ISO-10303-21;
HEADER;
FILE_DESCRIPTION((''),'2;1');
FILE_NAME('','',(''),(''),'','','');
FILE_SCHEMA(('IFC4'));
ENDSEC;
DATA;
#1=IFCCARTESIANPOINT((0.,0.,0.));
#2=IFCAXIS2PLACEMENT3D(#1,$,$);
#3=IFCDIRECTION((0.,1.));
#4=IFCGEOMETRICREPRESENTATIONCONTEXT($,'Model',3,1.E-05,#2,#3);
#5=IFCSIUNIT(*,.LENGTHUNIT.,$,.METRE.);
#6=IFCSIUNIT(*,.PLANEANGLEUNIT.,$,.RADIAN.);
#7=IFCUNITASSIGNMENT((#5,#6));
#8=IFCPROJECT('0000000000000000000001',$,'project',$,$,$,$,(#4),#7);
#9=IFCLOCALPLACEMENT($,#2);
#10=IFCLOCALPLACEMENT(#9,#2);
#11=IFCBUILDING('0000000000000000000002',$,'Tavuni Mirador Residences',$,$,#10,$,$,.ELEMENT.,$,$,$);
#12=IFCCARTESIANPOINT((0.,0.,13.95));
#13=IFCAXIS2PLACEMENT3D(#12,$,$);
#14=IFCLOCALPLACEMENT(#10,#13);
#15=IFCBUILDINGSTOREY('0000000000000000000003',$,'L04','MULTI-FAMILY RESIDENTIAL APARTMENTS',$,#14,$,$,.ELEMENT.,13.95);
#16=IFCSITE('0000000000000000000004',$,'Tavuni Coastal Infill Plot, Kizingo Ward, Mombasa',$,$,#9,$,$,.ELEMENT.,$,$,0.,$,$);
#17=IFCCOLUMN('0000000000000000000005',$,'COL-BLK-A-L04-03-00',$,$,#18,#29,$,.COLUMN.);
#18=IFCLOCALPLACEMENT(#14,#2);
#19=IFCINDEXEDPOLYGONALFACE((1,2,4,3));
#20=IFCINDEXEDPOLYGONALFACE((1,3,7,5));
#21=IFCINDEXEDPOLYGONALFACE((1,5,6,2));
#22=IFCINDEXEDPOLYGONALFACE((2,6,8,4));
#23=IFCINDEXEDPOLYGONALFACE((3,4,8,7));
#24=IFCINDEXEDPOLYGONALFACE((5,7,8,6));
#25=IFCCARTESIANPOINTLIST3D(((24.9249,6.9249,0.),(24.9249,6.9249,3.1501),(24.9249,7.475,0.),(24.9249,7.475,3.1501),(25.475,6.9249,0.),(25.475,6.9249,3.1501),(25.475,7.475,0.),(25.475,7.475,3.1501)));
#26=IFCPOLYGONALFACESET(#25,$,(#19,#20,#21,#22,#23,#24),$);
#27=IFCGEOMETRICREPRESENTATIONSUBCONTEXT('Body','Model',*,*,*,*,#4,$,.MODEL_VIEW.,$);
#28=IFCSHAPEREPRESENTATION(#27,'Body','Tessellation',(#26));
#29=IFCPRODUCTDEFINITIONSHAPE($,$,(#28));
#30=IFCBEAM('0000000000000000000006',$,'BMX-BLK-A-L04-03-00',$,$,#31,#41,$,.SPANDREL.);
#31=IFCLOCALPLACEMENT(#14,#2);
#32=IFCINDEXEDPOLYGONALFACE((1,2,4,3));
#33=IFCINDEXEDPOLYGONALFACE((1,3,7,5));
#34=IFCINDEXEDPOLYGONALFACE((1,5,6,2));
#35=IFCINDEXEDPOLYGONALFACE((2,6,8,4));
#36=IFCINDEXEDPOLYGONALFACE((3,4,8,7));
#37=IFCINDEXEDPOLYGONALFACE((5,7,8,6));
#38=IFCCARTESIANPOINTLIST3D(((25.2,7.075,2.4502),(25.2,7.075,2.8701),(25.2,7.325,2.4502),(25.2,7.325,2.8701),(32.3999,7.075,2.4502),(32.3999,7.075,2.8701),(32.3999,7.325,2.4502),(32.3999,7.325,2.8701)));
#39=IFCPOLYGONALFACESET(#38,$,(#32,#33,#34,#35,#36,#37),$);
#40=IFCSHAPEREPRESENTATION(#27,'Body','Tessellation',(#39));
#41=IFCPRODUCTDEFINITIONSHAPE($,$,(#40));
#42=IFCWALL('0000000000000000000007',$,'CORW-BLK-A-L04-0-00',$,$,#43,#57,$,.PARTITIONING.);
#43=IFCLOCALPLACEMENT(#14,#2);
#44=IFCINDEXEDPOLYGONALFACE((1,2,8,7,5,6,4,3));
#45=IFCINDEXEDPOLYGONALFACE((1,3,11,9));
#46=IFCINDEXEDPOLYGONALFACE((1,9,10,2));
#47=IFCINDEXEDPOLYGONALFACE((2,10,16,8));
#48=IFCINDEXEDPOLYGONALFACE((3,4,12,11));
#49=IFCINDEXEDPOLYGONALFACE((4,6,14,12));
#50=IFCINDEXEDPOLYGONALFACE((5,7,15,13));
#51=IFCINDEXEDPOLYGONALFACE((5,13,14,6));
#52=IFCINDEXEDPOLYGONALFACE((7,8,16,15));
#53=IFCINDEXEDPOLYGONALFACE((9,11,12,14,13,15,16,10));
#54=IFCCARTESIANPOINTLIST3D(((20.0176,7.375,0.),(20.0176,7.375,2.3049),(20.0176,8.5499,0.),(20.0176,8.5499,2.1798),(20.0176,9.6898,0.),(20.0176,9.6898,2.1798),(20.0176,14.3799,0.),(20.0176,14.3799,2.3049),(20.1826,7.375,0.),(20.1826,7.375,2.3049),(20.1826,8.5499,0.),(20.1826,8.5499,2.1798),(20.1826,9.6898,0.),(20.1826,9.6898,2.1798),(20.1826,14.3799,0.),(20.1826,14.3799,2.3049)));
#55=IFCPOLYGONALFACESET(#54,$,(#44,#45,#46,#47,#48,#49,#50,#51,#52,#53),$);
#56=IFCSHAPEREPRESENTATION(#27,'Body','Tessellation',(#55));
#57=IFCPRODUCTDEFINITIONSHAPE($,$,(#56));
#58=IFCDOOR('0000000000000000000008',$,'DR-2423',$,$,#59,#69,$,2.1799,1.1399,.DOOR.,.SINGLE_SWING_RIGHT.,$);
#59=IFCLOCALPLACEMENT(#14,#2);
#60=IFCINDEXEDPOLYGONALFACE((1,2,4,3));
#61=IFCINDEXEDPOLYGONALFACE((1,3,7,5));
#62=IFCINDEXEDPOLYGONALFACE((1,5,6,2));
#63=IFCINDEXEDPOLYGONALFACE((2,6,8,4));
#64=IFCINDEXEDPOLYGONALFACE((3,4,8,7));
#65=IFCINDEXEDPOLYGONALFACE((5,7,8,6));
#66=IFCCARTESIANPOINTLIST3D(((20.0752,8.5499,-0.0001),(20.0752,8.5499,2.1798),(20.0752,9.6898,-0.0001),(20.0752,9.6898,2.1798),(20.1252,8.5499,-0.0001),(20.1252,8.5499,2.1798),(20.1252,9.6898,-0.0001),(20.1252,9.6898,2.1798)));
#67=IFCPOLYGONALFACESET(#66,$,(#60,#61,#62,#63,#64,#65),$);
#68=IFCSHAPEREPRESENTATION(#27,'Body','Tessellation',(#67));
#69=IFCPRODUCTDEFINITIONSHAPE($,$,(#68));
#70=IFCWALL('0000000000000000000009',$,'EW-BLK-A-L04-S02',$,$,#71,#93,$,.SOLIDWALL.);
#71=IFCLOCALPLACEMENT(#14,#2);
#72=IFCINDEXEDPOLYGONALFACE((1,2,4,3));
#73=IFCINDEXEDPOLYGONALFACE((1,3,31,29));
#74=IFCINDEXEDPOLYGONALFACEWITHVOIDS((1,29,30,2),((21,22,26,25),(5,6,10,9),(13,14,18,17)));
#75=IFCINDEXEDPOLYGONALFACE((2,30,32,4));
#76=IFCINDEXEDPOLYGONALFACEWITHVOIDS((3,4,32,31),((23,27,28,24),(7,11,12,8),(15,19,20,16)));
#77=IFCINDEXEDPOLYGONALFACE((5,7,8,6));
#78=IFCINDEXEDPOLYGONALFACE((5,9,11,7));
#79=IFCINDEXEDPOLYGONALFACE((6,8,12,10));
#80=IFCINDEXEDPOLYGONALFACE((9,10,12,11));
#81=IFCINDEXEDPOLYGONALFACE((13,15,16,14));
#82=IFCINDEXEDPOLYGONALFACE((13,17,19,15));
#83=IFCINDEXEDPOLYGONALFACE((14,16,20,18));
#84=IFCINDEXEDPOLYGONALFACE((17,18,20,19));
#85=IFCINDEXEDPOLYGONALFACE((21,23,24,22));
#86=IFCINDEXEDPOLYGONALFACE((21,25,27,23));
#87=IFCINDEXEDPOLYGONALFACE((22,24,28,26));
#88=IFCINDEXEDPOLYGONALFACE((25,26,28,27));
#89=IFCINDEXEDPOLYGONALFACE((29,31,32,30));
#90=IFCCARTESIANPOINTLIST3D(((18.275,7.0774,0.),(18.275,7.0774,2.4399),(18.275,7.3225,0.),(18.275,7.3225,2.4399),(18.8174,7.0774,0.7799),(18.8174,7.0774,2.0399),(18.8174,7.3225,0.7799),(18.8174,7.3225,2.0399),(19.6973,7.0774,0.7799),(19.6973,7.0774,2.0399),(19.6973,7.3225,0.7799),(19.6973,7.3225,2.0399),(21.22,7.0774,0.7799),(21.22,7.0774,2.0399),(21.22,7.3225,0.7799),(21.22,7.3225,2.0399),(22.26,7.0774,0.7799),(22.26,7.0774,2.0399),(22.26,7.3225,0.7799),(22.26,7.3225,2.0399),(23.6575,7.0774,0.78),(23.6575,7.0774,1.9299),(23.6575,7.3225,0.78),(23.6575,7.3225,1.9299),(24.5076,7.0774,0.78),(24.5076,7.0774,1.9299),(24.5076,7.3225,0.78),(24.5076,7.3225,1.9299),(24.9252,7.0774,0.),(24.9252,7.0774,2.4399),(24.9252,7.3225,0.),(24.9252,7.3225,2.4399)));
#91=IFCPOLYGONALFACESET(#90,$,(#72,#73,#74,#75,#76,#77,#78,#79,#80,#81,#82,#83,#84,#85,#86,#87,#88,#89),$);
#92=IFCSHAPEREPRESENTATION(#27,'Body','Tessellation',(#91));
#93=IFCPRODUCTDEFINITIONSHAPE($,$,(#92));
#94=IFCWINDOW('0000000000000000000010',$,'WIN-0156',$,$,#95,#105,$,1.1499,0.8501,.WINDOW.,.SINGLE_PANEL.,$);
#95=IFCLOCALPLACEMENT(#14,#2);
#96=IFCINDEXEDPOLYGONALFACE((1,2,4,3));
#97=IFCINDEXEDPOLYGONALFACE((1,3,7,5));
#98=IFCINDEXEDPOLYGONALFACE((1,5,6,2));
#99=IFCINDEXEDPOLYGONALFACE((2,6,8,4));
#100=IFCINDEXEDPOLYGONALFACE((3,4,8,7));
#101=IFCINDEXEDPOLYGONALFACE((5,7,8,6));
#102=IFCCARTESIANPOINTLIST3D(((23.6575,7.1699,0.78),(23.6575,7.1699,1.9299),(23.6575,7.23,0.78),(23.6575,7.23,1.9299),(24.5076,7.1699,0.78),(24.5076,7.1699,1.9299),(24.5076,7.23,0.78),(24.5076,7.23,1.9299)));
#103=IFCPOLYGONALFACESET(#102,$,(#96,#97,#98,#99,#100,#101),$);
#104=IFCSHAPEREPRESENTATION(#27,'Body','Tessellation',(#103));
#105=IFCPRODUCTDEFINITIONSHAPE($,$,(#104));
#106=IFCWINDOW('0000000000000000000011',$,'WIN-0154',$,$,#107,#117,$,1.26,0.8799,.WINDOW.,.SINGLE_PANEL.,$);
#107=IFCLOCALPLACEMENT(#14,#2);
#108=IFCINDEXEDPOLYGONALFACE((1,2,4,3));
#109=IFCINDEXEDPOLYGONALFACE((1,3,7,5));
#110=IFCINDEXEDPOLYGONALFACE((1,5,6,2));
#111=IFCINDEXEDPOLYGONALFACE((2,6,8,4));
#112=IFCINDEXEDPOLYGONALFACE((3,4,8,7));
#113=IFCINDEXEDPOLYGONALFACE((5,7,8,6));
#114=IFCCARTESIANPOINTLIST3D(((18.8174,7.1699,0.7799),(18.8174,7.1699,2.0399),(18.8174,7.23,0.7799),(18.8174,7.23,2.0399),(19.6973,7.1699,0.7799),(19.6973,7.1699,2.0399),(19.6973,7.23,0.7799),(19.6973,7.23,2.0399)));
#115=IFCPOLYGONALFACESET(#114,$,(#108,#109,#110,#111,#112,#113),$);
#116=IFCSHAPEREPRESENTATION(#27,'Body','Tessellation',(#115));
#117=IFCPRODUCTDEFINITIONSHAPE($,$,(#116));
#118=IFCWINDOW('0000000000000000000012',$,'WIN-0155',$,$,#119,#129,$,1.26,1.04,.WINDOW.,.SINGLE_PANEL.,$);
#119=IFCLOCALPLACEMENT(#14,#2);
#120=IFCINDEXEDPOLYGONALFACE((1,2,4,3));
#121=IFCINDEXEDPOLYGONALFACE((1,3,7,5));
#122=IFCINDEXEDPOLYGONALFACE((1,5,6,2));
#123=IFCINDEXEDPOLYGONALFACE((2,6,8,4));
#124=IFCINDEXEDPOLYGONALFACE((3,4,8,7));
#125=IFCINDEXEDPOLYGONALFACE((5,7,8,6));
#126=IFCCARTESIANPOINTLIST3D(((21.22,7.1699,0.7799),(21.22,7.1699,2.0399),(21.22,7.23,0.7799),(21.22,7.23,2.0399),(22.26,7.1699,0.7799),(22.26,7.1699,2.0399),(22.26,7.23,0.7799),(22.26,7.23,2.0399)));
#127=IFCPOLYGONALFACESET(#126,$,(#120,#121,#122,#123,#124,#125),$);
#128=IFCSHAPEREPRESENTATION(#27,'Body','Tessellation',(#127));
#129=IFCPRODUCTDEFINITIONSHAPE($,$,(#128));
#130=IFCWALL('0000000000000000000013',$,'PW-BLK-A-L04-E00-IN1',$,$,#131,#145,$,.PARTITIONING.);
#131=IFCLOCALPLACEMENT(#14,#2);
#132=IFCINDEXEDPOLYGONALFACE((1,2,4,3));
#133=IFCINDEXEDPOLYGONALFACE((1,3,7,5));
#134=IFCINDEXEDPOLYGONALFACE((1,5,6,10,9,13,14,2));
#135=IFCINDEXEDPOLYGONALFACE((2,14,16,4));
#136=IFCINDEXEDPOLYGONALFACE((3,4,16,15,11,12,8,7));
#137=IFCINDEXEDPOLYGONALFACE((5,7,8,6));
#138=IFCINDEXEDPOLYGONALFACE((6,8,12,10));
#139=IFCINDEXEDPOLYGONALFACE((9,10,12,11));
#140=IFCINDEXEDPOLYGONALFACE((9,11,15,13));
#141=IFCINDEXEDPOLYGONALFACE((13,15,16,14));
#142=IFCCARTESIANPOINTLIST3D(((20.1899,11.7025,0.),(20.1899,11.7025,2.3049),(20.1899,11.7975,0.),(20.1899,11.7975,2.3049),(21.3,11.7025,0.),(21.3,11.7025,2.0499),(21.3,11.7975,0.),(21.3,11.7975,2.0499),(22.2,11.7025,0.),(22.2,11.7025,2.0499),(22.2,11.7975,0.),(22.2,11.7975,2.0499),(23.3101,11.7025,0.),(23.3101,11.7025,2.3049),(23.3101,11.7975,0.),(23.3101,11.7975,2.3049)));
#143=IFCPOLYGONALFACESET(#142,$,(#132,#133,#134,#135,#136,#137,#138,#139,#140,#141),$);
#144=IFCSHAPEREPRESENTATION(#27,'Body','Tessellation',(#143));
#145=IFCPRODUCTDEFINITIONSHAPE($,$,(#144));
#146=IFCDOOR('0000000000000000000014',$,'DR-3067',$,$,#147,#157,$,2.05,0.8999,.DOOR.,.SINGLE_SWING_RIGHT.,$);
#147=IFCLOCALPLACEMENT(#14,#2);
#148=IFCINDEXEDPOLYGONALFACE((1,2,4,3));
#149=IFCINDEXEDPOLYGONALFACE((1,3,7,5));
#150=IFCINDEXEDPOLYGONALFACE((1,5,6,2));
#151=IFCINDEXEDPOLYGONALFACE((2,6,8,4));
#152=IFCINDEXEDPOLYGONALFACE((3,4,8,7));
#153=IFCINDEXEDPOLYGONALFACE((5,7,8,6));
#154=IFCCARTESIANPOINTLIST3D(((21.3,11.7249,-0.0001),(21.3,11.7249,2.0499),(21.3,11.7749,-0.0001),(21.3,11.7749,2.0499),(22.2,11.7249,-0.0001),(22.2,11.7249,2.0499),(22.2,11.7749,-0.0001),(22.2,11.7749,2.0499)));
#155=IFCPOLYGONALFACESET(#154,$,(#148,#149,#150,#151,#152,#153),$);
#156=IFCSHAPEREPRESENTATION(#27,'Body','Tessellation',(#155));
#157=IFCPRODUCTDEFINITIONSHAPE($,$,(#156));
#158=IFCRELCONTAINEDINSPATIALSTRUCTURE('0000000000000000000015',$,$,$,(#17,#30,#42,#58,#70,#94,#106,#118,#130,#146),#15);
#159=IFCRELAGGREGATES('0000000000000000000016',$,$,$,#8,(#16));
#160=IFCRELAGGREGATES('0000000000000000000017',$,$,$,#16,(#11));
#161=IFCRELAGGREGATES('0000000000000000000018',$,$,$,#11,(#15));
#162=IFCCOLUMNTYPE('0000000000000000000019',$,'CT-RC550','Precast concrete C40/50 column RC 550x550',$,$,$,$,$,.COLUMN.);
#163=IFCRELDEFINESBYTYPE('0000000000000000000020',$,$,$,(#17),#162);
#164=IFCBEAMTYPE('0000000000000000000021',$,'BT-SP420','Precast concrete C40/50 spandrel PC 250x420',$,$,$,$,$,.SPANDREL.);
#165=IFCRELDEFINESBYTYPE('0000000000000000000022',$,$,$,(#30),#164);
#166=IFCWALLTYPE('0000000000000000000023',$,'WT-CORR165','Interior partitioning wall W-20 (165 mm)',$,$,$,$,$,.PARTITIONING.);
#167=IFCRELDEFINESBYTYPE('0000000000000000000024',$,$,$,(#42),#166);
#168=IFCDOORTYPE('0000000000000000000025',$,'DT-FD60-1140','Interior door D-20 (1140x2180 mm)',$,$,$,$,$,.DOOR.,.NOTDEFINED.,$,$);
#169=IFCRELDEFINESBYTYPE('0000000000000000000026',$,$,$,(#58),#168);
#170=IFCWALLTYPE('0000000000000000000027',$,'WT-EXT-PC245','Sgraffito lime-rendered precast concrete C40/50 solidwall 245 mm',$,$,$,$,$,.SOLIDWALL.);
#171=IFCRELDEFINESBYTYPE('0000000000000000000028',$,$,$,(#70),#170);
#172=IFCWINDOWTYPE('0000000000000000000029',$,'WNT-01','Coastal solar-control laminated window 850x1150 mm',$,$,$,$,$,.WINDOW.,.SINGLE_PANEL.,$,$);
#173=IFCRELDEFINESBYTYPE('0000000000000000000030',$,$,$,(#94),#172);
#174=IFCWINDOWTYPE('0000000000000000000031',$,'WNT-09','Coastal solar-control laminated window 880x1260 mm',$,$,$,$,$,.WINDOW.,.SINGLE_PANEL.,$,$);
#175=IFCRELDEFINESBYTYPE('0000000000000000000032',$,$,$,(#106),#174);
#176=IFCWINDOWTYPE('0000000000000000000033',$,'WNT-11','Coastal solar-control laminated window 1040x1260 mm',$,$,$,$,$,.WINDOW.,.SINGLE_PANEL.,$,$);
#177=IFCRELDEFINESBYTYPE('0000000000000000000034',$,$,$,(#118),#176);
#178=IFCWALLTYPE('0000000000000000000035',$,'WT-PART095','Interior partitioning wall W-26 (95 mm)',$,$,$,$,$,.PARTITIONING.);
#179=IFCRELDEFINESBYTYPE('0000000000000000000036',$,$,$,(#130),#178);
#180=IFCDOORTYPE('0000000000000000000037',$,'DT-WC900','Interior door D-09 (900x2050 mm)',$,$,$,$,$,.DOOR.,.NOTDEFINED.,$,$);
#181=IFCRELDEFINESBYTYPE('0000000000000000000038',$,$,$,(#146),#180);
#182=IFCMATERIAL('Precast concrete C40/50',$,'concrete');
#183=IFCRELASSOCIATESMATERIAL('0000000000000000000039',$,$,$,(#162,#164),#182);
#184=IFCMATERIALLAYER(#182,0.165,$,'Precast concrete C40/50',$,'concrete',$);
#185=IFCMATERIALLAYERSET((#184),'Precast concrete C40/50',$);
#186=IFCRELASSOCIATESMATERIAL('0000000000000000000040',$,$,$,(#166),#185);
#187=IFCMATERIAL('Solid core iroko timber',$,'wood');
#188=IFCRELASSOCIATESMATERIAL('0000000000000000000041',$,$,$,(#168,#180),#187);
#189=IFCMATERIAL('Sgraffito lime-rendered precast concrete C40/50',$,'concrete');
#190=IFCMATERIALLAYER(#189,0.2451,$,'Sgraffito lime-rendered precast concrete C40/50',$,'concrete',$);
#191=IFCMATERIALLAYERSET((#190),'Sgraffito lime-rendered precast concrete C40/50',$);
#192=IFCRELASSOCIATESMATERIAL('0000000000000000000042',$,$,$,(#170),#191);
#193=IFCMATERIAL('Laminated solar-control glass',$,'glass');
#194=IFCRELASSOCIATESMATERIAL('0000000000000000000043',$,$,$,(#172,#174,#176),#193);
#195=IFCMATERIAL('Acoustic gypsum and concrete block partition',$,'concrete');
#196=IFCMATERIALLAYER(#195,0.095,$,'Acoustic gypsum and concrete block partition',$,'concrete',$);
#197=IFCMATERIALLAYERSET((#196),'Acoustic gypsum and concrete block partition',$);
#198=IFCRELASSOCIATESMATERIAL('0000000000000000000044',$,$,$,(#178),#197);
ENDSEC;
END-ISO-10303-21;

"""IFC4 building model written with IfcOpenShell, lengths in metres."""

from ifc_helpers import new_model, si_unit, direction, frame, frame_2d, origin, origin_2d, place, context, subcontext, project, spatial, rectangle, extrude, material, layer, layer_set, material_profile, profile_set, type_object, element, fill, save


model = new_model("IFC4")

# Units and contexts
model_context = context("Model", 3, precision=1e-05, world=origin(), true_north=direction((0.0, 1.0)))
body_context = subcontext(model_context, "Body", "Model", "MODEL_VIEW")
ifc_project = project(units=[si_unit("LENGTHUNIT", "METRE"), si_unit("PLANEANGLEUNIT", "RADIAN")], contexts=[model_context])

# Site, building, storey
site_placement = place(None, origin())
site = spatial("IfcSite", under=ifc_project, at=site_placement, Name="Tavuni Coastal Infill Plot, Kizingo Ward, Mombasa", CompositionType="ELEMENT", RefElevation=0.0)
building_placement = place(site_placement, origin())
building = spatial("IfcBuilding", under=site, at=building_placement, Name="Tavuni Mirador Residences", CompositionType="ELEMENT")
storey_placement = place(building_placement, frame((0.0, 0.0, 13.95)))
storey = spatial("IfcBuildingStorey", under=building, at=storey_placement, Name="L04", Description="MULTI-FAMILY RESIDENTIAL APARTMENTS", CompositionType="ELEMENT", Elevation=13.95)

# Column
ifc_material_1 = material(Name="Precast concrete C40/50", Category="concrete")
ifc_material_profile_1 = material_profile(ifc_material_1, rectangle(XDim=0.55, YDim=0.55, at=origin_2d()), Name="RC 550x550", Category="concrete")
ifc_profile_set_1 = profile_set([ifc_material_profile_1], Name="Precast concrete C40/50")
column_type = type_object("IfcColumnType", Name="CT-RC550", Description="Precast concrete C40/50 column RC 550x550", PredefinedType="COLUMN", material=ifc_profile_set_1)
column_placement = place(storey_placement, frame((25.2, 7.2, 0.0), z_axis=(0.0, 0.0, 1.0), x_axis=(1.0, 0.0, 0.0)))
element("IfcColumn", 1, at=column_placement, inside=storey, type_object=column_type, Name="COL-BLK-A-L04-03-00", PredefinedType="COLUMN", context=body_context, shape_type="SweptSolid", body=[
    extrude(rectangle(XDim=0.55, YDim=0.55, at=origin_2d()), origin(), (0.0, 0.0, 1.0), 3.1501),
])

# Beam
ifc_material_profile_2 = material_profile(ifc_material_1, rectangle(XDim=0.25, YDim=0.4199, at=origin_2d()), Name="PC 250x420", Category="concrete")
ifc_profile_set_2 = profile_set([ifc_material_profile_2], Name="Precast concrete C40/50")
beam_type = type_object("IfcBeamType", Name="BT-SP420", Description="Precast concrete C40/50 spandrel PC 250x420", PredefinedType="SPANDREL", material=ifc_profile_set_2)
beam_placement = place(storey_placement, frame((25.2, 7.2, 2.6602), z_axis=(1.0, 0.0, 0.0), x_axis=(0.0, 1.0, 0.0)))
element("IfcBeam", 2, at=beam_placement, inside=storey, type_object=beam_type, Name="BMX-BLK-A-L04-03-00", PredefinedType="SPANDREL", context=body_context, shape_type="SweptSolid", body=[
    extrude(rectangle(XDim=0.25, YDim=0.4199, at=origin_2d()), origin(), (0.0, 0.0, 1.0), 7.2),
])

# Wall, opening, door
ifc_layer_1 = layer(ifc_material_1, 0.165, Name="Precast concrete C40/50", Category="concrete")
ifc_layer_set_1 = layer_set([ifc_layer_1], Name="Precast concrete C40/50")
wall_type_1 = type_object("IfcWallType", Name="WT-CORR165", Description="Interior partitioning wall W-20 (165 mm)", PredefinedType="PARTITIONING", material=ifc_layer_set_1)
wall_1_placement = place(storey_placement, frame((20.1001, 7.375, 0.0), z_axis=(0.0, 0.0, 1.0), x_axis=(0.0, 1.0, 0.0)))
wall_1 = element("IfcWall", 3, at=wall_1_placement, inside=storey, type_object=wall_type_1, Name="CORW-BLK-A-L04-0-00", PredefinedType="PARTITIONING", context=body_context, shape_type="SweptSolid", body=[
    extrude(rectangle(XDim=7.0049, YDim=0.165, at=frame_2d((3.5024, 0.0))), origin(), (0.0, 0.0, 1.0), 2.3049),
])
opening_1_placement = place(wall_1_placement, frame((1.175, 0.0, 0.0)))
opening_1 = element("IfcOpeningElement", 4, at=opening_1_placement, cuts=wall_1, PredefinedType="OPENING", context=body_context, shape_type="SweptSolid", body=[
    extrude(rectangle(XDim=1.1399, YDim=2.1799, at=frame_2d((0.5698, 1.0898))), frame((0.0, 0.0925, 0.0), z_axis=(0.0, -1.0, 0.0), x_axis=(1.0, 0.0, 0.0)), (0.0, 0.0, 1.0), 0.1851),
])
ifc_material_2 = material(Name="Solid core iroko timber", Category="wood")
door_type_1 = type_object("IfcDoorType", Name="DT-FD60-1140", Description="Interior door D-20 (1140x2180 mm)", OperationType="NOTDEFINED", PredefinedType="DOOR", material=ifc_material_2)
door_1_placement = place(opening_1_placement, origin())
door_1 = element("IfcDoor", 5, at=door_1_placement, inside=storey, type_object=door_type_1, Name="DR-2423", OperationType="SINGLE_SWING_RIGHT", OverallHeight=2.1799, OverallWidth=1.1399, PredefinedType="DOOR", context=body_context, shape_type="SweptSolid", body=[
    extrude(rectangle(XDim=1.1399, YDim=2.1799, at=frame_2d((0.5698, 1.0898))), frame((0.0, 0.0249, 0.0), z_axis=(0.0, -1.0, 0.0), x_axis=(1.0, 0.0, 0.0)), (0.0, 0.0, 1.0), 0.05),
])
fill(opening_1, door_1)

# Wall, openings, windows
ifc_material_3 = material(Name="Sgraffito lime-rendered precast concrete C40/50", Category="concrete")
ifc_layer_2 = layer(ifc_material_3, 0.2451, Name="Sgraffito lime-rendered precast concrete C40/50", Category="concrete")
ifc_layer_set_2 = layer_set([ifc_layer_2], Name="Sgraffito lime-rendered precast concrete C40/50")
wall_type_2 = type_object("IfcWallType", Name="WT-EXT-PC245", Description="Sgraffito lime-rendered precast concrete C40/50 solidwall 245 mm", PredefinedType="SOLIDWALL", material=ifc_layer_set_2)
wall_2_placement = place(storey_placement, frame((18.2749, 7.2, 0.0), z_axis=(0.0, 0.0, 1.0), x_axis=(1.0, 0.0, 0.0)))
wall_2 = element("IfcWall", 6, at=wall_2_placement, inside=storey, type_object=wall_type_2, Name="EW-BLK-A-L04-S02", PredefinedType="SOLIDWALL", context=body_context, shape_type="SweptSolid", body=[
    extrude(rectangle(XDim=6.6501, YDim=0.2451, at=frame_2d((3.3252, 0.0))), origin(), (0.0, 0.0, 1.0), 2.4399),
])
opening_2_placement = place(wall_2_placement, frame((0.5425, 0.0, 0.78)))
opening_2 = element("IfcOpeningElement", 7, at=opening_2_placement, cuts=wall_2, PredefinedType="OPENING", context=body_context, shape_type="SweptSolid", body=[
    extrude(rectangle(XDim=0.8799, YDim=1.26, at=frame_2d((0.4399, 0.6299))), frame((0.0, 0.1326, 0.0), z_axis=(0.0, -1.0, 0.0), x_axis=(1.0, 0.0, 0.0)), (0.0, 0.0, 1.0), 0.2651),
])
opening_3_placement = place(wall_2_placement, frame((2.9451, 0.0, 0.78)))
opening_3 = element("IfcOpeningElement", 8, at=opening_3_placement, cuts=wall_2, PredefinedType="OPENING", context=body_context, shape_type="SweptSolid", body=[
    extrude(rectangle(XDim=1.04, YDim=1.26, at=frame_2d((0.52, 0.6299))), frame((0.0, 0.1326, 0.0), z_axis=(0.0, -1.0, 0.0), x_axis=(1.0, 0.0, 0.0)), (0.0, 0.0, 1.0), 0.2651),
])
opening_4_placement = place(wall_2_placement, frame((5.3826, 0.0, 0.78)))
opening_4 = element("IfcOpeningElement", 9, at=opening_4_placement, cuts=wall_2, PredefinedType="OPENING", context=body_context, shape_type="SweptSolid", body=[
    extrude(rectangle(XDim=0.8501, YDim=1.1499, at=frame_2d((0.425, 0.575))), frame((0.0, 0.1326, 0.0), z_axis=(0.0, -1.0, 0.0), x_axis=(1.0, 0.0, 0.0)), (0.0, 0.0, 1.0), 0.2651),
])
ifc_material_4 = material(Name="Laminated solar-control glass", Category="glass")
window_type_1 = type_object("IfcWindowType", Name="WNT-01", Description="Coastal solar-control laminated window 850x1150 mm", PartitioningType="SINGLE_PANEL", PredefinedType="WINDOW", material=ifc_material_4)
window_1_placement = place(opening_4_placement, origin())
window_1 = element("IfcWindow", 10, at=window_1_placement, inside=storey, type_object=window_type_1, Name="WIN-0156", OverallHeight=1.1499, OverallWidth=0.8501, PartitioningType="SINGLE_PANEL", PredefinedType="WINDOW", context=body_context, shape_type="SweptSolid", body=[
    extrude(rectangle(XDim=0.8501, YDim=1.1499, at=frame_2d((0.425, 0.575))), frame((0.0, 0.03, 0.0), z_axis=(0.0, -1.0, 0.0), x_axis=(1.0, 0.0, 0.0)), (0.0, 0.0, 1.0), 0.0601),
])
fill(opening_4, window_1)
window_type_2 = type_object("IfcWindowType", Name="WNT-09", Description="Coastal solar-control laminated window 880x1260 mm", PartitioningType="SINGLE_PANEL", PredefinedType="WINDOW", material=ifc_material_4)
window_2_placement = place(opening_2_placement, origin())
window_2 = element("IfcWindow", 11, at=window_2_placement, inside=storey, type_object=window_type_2, Name="WIN-0154", OverallHeight=1.26, OverallWidth=0.8799, PartitioningType="SINGLE_PANEL", PredefinedType="WINDOW", context=body_context, shape_type="SweptSolid", body=[
    extrude(rectangle(XDim=0.8799, YDim=1.26, at=frame_2d((0.4399, 0.6299))), frame((0.0, 0.03, 0.0), z_axis=(0.0, -1.0, 0.0), x_axis=(1.0, 0.0, 0.0)), (0.0, 0.0, 1.0), 0.0601),
])
fill(opening_2, window_2)
window_type_3 = type_object("IfcWindowType", Name="WNT-11", Description="Coastal solar-control laminated window 1040x1260 mm", PartitioningType="SINGLE_PANEL", PredefinedType="WINDOW", material=ifc_material_4)
window_3_placement = place(opening_3_placement, origin())
window_3 = element("IfcWindow", 12, at=window_3_placement, inside=storey, type_object=window_type_3, Name="WIN-0155", OverallHeight=1.26, OverallWidth=1.04, PartitioningType="SINGLE_PANEL", PredefinedType="WINDOW", context=body_context, shape_type="SweptSolid", body=[
    extrude(rectangle(XDim=1.04, YDim=1.26, at=frame_2d((0.52, 0.6299))), frame((0.0, 0.03, 0.0), z_axis=(0.0, -1.0, 0.0), x_axis=(1.0, 0.0, 0.0)), (0.0, 0.0, 1.0), 0.0601),
])
fill(opening_3, window_3)

# Wall, opening, door
ifc_material_5 = material(Name="Acoustic gypsum and concrete block partition", Category="concrete")
ifc_layer_3 = layer(ifc_material_5, 0.095, Name="Acoustic gypsum and concrete block partition", Category="concrete")
ifc_layer_set_3 = layer_set([ifc_layer_3], Name="Acoustic gypsum and concrete block partition")
wall_type_3 = type_object("IfcWallType", Name="WT-PART095", Description="Interior partitioning wall W-26 (95 mm)", PredefinedType="PARTITIONING", material=ifc_layer_set_3)
wall_3_placement = place(storey_placement, frame((20.1899, 11.75, 0.0), z_axis=(0.0, 0.0, 1.0), x_axis=(1.0, 0.0, 0.0)))
wall_3 = element("IfcWall", 13, at=wall_3_placement, inside=storey, type_object=wall_type_3, Name="PW-BLK-A-L04-E00-IN1", PredefinedType="PARTITIONING", context=body_context, shape_type="SweptSolid", body=[
    extrude(rectangle(XDim=3.1201, YDim=0.095, at=frame_2d((1.5601, 0.0))), origin(), (0.0, 0.0, 1.0), 2.3049),
])
opening_5_placement = place(wall_3_placement, frame((1.1101, 0.0, 0.0)))
opening_5 = element("IfcOpeningElement", 14, at=opening_5_placement, cuts=wall_3, PredefinedType="OPENING", context=body_context, shape_type="SweptSolid", body=[
    extrude(rectangle(XDim=0.8999, YDim=2.05, at=frame_2d((0.45, 1.0249))), frame((0.0, 0.0576, 0.0), z_axis=(0.0, -1.0, 0.0), x_axis=(1.0, 0.0, 0.0)), (0.0, 0.0, 1.0), 0.115),
])
door_type_2 = type_object("IfcDoorType", Name="DT-WC900", Description="Interior door D-09 (900x2050 mm)", OperationType="NOTDEFINED", PredefinedType="DOOR", material=ifc_material_2)
door_2_placement = place(opening_5_placement, origin())
door_2 = element("IfcDoor", 15, at=door_2_placement, inside=storey, type_object=door_type_2, Name="DR-3067", OperationType="SINGLE_SWING_RIGHT", OverallHeight=2.05, OverallWidth=0.8999, PredefinedType="DOOR", context=body_context, shape_type="SweptSolid", body=[
    extrude(rectangle(XDim=0.8999, YDim=2.05, at=frame_2d((0.45, 1.0249))), frame((0.0, 0.0249, 0.0), z_axis=(0.0, -1.0, 0.0), x_axis=(1.0, 0.0, 0.0)), (0.0, 0.0, 1.0), 0.05),
])
fill(opening_5, door_2)

save(model, "model.ifc")
